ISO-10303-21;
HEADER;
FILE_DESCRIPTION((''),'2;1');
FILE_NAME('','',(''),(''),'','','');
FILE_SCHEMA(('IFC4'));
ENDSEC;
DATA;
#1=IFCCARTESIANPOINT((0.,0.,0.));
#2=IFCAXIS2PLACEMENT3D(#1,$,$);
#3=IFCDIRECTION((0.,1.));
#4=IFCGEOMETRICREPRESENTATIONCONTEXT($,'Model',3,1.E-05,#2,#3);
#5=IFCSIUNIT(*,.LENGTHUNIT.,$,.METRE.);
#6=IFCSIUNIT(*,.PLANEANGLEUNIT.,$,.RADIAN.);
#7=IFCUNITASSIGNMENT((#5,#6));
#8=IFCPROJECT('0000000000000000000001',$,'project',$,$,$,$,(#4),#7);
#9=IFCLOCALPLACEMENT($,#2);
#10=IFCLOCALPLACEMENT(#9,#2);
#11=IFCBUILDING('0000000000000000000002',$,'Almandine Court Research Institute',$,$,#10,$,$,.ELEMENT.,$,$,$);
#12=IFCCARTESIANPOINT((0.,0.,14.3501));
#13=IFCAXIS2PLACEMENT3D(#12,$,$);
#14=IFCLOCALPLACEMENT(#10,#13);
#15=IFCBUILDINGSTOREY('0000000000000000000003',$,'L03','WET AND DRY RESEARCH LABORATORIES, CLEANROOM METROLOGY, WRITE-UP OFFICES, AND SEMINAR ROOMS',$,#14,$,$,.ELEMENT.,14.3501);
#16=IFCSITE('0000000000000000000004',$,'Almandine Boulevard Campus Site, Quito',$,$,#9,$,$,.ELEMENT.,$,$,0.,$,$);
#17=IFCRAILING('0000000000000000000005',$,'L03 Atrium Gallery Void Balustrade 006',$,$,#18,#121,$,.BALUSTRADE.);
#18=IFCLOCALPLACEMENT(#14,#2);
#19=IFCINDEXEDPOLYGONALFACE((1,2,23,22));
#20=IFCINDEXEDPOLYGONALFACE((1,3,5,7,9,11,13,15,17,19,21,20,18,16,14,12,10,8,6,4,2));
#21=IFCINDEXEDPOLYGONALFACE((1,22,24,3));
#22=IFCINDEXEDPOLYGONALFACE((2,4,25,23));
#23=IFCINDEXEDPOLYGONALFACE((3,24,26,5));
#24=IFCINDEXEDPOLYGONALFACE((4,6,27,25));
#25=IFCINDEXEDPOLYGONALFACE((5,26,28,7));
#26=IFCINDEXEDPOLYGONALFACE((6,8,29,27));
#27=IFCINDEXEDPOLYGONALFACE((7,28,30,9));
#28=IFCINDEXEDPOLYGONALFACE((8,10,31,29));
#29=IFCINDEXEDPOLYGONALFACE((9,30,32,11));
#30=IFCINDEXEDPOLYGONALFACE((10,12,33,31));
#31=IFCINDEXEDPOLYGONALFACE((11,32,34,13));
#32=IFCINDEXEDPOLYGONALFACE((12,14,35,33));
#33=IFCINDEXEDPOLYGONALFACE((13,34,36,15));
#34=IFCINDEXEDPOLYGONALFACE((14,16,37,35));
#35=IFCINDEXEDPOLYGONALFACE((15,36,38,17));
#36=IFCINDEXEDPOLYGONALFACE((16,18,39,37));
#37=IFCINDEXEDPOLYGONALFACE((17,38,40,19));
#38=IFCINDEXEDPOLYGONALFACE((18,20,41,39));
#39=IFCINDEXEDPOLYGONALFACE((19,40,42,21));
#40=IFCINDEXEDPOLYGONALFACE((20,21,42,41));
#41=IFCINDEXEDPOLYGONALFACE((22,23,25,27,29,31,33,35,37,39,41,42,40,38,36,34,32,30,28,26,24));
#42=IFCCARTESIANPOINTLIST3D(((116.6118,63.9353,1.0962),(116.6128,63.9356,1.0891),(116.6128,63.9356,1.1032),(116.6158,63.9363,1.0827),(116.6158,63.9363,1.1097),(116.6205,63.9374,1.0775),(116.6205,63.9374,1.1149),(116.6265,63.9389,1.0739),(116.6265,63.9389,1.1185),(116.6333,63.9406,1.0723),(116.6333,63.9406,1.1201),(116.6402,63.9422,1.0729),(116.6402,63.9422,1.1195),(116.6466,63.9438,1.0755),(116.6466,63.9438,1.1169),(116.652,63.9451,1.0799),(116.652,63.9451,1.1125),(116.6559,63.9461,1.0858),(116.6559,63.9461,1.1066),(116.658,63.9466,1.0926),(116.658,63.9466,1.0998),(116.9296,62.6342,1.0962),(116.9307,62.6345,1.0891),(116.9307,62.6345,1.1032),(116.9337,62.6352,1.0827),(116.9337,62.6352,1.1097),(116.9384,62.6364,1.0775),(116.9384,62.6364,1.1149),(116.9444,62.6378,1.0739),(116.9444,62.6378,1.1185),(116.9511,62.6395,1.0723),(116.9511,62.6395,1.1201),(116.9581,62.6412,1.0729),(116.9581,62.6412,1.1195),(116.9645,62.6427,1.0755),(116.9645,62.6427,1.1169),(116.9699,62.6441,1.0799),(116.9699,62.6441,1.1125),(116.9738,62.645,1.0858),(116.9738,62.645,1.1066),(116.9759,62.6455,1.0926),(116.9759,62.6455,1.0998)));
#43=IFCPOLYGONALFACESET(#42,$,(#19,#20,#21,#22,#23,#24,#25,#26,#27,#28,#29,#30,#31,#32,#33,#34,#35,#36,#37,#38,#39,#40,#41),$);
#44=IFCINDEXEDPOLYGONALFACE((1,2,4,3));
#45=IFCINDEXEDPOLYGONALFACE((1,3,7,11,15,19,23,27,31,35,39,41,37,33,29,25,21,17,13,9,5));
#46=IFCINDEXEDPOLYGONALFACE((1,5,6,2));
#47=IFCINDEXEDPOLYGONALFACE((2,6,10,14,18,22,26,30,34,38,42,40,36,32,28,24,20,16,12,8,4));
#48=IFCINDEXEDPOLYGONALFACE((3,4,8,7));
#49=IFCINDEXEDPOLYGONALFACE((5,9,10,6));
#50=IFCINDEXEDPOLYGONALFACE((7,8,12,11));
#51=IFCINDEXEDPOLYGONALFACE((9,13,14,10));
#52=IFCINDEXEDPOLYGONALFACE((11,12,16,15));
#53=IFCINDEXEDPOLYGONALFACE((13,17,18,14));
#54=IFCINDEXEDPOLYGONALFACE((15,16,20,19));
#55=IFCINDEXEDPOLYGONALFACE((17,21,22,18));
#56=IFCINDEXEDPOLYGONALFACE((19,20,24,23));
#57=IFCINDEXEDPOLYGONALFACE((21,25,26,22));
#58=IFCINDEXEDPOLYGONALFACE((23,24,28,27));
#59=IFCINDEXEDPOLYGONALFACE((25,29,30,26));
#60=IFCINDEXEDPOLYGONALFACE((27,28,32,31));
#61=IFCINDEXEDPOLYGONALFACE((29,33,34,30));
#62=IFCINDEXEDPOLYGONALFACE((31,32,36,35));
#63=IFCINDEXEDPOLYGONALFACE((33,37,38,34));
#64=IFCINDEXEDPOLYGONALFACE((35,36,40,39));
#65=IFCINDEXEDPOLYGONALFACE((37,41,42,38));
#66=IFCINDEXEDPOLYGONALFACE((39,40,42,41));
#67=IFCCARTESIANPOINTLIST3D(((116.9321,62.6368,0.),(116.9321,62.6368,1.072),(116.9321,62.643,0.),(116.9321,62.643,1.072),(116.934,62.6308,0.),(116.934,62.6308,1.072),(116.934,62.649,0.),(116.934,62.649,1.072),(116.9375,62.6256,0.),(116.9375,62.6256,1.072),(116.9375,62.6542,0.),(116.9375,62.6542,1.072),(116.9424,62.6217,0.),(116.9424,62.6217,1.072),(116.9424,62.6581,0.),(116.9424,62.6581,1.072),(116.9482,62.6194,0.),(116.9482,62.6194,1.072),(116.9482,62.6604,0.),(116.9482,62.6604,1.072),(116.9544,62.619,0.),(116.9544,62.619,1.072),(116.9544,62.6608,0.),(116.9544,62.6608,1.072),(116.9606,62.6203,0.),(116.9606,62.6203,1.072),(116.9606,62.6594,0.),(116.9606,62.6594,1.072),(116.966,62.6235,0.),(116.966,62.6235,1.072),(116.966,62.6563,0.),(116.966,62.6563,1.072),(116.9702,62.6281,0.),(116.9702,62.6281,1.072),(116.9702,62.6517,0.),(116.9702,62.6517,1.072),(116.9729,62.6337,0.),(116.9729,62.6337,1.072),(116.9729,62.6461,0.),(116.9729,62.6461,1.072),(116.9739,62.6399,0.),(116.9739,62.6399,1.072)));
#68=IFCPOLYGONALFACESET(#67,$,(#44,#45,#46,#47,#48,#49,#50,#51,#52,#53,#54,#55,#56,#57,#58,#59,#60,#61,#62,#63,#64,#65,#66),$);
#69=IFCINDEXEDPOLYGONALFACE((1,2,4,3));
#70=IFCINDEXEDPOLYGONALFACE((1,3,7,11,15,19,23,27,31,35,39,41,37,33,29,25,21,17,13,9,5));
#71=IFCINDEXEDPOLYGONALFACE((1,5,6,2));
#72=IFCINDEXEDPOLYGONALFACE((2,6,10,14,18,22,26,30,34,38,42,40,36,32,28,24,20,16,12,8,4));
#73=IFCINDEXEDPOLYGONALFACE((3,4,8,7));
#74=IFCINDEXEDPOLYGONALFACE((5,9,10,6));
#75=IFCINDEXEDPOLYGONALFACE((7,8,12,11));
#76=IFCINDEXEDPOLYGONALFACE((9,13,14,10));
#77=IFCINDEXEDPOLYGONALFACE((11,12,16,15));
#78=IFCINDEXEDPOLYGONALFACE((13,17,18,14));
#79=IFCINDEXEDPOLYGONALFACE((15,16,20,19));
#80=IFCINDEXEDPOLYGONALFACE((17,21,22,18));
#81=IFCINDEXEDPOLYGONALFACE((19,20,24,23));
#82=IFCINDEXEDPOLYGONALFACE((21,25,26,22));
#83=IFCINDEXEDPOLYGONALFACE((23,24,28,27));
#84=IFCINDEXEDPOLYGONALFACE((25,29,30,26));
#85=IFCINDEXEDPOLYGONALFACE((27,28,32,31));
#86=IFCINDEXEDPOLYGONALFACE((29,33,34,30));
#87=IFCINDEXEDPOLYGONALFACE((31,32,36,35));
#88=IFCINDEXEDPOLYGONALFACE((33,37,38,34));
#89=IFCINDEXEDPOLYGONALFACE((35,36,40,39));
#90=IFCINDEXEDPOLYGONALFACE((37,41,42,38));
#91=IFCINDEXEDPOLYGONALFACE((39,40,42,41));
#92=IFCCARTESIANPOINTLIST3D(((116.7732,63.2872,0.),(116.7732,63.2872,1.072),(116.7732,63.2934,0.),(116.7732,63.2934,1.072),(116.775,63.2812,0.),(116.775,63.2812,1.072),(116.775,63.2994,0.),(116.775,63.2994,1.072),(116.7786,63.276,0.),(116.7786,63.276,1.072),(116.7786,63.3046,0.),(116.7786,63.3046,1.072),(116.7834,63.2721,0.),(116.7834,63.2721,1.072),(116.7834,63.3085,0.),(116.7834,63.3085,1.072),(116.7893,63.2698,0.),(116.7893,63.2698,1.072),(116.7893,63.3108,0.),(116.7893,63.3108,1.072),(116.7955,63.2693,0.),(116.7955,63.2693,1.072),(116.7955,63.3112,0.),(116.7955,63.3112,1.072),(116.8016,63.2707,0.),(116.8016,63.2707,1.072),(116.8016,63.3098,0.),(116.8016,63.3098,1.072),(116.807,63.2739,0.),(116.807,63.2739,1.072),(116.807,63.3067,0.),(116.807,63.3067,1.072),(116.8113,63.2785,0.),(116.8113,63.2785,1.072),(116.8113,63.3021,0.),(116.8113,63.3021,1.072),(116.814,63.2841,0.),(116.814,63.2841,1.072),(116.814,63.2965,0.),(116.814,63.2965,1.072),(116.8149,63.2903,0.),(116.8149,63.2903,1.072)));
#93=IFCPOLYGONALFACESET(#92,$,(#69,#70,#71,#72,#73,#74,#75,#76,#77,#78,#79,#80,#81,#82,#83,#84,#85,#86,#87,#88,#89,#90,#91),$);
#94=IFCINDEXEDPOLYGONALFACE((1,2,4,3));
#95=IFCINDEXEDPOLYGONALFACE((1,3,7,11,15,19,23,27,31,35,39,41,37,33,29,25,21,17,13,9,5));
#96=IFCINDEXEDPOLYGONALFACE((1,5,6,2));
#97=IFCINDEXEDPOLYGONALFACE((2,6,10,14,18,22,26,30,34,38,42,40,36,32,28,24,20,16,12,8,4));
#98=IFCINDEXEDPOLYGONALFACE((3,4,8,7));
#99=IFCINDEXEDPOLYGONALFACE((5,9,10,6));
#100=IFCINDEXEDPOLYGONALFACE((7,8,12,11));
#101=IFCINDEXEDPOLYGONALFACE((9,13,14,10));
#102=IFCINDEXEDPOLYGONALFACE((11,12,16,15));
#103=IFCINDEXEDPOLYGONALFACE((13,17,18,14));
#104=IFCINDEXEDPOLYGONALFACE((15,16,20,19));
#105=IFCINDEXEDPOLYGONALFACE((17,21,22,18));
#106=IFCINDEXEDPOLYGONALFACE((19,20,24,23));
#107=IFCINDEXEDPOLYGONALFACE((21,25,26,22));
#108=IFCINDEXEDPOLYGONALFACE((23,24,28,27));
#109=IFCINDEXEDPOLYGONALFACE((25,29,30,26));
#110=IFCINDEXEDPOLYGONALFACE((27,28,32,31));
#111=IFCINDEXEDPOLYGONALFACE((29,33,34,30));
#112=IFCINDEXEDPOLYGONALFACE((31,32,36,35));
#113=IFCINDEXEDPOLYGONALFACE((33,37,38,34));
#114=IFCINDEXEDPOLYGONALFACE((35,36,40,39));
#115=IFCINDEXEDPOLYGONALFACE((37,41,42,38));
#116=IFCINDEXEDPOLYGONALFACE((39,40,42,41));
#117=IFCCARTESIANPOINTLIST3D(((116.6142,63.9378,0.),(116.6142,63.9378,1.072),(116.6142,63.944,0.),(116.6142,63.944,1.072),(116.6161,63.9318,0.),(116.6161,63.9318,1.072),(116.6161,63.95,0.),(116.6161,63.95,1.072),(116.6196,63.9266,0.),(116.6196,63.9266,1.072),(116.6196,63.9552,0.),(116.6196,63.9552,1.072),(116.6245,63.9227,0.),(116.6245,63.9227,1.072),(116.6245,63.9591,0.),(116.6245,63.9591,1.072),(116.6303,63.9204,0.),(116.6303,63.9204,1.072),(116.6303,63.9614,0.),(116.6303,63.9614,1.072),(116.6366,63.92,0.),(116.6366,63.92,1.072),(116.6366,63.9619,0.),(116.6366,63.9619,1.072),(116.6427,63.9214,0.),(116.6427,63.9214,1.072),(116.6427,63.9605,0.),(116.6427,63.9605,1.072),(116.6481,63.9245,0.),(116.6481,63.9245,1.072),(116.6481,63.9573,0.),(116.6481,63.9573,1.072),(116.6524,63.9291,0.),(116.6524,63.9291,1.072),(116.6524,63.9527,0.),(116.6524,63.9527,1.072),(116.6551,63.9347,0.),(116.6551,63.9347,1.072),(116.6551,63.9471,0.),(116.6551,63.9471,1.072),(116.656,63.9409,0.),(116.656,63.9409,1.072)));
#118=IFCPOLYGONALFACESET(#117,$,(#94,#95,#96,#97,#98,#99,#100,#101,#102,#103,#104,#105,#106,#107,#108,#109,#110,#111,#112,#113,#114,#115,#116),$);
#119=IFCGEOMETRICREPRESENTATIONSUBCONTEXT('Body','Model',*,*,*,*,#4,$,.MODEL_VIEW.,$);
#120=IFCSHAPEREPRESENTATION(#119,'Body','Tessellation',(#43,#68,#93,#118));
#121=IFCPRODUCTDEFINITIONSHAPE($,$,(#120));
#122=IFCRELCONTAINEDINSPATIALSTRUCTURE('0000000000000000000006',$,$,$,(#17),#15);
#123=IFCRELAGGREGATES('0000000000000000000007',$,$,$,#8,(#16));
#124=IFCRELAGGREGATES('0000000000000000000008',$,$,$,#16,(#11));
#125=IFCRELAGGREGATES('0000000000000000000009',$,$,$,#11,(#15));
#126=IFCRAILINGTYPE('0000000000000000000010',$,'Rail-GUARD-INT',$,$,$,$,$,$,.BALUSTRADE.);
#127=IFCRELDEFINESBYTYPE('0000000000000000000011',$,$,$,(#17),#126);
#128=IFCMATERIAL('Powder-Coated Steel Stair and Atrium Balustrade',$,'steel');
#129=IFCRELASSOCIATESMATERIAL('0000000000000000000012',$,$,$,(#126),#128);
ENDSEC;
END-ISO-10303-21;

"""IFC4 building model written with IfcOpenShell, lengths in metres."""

from ifc_helpers import new_model, si_unit, direction, frame, origin, origin_2d, place, context, subcontext, project, spatial, circle, extrude, material, type_object, element, save


model = new_model("IFC4")

# Units and contexts
model_context = context("Model", 3, precision=1e-05, world=origin(), true_north=direction((0.0, 1.0)))
body_context = subcontext(model_context, "Body", "Model", "MODEL_VIEW")
ifc_project = project(units=[si_unit("LENGTHUNIT", "METRE"), si_unit("PLANEANGLEUNIT", "RADIAN")], contexts=[model_context])

# Site, building, storey
site_placement = place(None, origin())
site = spatial("IfcSite", under=ifc_project, at=site_placement, Name="Almandine Boulevard Campus Site, Quito", CompositionType="ELEMENT", RefElevation=0.0)
building_placement = place(site_placement, origin())
building = spatial("IfcBuilding", under=site, at=building_placement, Name="Almandine Court Research Institute", CompositionType="ELEMENT")
storey_placement = place(building_placement, frame((0.0, 0.0, 14.3501)))
storey = spatial("IfcBuildingStorey", under=building, at=storey_placement, Name="L03", Description="WET AND DRY RESEARCH LABORATORIES, CLEANROOM METROLOGY, WRITE-UP OFFICES, AND SEMINAR ROOMS", CompositionType="ELEMENT", Elevation=14.3501)

# Railing
ifc_material_1 = material(Name="Powder-Coated Steel Stair and Atrium Balustrade", Category="steel")
railing_type = type_object("IfcRailingType", Name="Rail-GUARD-INT", PredefinedType="BALUSTRADE", material=ifc_material_1)
railing_1_placement = place(storey_placement, frame((116.9529, 62.6399, 0.0)))
element("IfcRailing", 1, at=railing_1_placement, inside=storey, type_object=railing_type, Name="L03 Atrium Gallery Void Balustrade 006", PredefinedType="BALUSTRADE", context=body_context, shape_type="SweptSolid", body=[
    extrude(circle(Radius=0.0239, at=origin_2d()), frame((0.0, 0.0, 1.0962), z_axis=(-0.237342, 0.971426, 0.0), x_axis=(-0.971426, -0.237342, 0.0)), (0.0, 0.0, 1.0), 1.3394),
    extrude(circle(Radius=0.021, at=origin_2d()), origin(), (0.0, 0.0, 1.0), 1.072),
    extrude(circle(Radius=0.021, at=origin_2d()), frame((-0.1589, 0.6504, 0.0)), (0.0, 0.0, 1.0), 1.072),
    extrude(circle(Radius=0.021, at=origin_2d()), frame((-0.3179, 1.301, 0.0)), (0.0, 0.0, 1.0), 1.072),
])

save(model, "model.ifc")
